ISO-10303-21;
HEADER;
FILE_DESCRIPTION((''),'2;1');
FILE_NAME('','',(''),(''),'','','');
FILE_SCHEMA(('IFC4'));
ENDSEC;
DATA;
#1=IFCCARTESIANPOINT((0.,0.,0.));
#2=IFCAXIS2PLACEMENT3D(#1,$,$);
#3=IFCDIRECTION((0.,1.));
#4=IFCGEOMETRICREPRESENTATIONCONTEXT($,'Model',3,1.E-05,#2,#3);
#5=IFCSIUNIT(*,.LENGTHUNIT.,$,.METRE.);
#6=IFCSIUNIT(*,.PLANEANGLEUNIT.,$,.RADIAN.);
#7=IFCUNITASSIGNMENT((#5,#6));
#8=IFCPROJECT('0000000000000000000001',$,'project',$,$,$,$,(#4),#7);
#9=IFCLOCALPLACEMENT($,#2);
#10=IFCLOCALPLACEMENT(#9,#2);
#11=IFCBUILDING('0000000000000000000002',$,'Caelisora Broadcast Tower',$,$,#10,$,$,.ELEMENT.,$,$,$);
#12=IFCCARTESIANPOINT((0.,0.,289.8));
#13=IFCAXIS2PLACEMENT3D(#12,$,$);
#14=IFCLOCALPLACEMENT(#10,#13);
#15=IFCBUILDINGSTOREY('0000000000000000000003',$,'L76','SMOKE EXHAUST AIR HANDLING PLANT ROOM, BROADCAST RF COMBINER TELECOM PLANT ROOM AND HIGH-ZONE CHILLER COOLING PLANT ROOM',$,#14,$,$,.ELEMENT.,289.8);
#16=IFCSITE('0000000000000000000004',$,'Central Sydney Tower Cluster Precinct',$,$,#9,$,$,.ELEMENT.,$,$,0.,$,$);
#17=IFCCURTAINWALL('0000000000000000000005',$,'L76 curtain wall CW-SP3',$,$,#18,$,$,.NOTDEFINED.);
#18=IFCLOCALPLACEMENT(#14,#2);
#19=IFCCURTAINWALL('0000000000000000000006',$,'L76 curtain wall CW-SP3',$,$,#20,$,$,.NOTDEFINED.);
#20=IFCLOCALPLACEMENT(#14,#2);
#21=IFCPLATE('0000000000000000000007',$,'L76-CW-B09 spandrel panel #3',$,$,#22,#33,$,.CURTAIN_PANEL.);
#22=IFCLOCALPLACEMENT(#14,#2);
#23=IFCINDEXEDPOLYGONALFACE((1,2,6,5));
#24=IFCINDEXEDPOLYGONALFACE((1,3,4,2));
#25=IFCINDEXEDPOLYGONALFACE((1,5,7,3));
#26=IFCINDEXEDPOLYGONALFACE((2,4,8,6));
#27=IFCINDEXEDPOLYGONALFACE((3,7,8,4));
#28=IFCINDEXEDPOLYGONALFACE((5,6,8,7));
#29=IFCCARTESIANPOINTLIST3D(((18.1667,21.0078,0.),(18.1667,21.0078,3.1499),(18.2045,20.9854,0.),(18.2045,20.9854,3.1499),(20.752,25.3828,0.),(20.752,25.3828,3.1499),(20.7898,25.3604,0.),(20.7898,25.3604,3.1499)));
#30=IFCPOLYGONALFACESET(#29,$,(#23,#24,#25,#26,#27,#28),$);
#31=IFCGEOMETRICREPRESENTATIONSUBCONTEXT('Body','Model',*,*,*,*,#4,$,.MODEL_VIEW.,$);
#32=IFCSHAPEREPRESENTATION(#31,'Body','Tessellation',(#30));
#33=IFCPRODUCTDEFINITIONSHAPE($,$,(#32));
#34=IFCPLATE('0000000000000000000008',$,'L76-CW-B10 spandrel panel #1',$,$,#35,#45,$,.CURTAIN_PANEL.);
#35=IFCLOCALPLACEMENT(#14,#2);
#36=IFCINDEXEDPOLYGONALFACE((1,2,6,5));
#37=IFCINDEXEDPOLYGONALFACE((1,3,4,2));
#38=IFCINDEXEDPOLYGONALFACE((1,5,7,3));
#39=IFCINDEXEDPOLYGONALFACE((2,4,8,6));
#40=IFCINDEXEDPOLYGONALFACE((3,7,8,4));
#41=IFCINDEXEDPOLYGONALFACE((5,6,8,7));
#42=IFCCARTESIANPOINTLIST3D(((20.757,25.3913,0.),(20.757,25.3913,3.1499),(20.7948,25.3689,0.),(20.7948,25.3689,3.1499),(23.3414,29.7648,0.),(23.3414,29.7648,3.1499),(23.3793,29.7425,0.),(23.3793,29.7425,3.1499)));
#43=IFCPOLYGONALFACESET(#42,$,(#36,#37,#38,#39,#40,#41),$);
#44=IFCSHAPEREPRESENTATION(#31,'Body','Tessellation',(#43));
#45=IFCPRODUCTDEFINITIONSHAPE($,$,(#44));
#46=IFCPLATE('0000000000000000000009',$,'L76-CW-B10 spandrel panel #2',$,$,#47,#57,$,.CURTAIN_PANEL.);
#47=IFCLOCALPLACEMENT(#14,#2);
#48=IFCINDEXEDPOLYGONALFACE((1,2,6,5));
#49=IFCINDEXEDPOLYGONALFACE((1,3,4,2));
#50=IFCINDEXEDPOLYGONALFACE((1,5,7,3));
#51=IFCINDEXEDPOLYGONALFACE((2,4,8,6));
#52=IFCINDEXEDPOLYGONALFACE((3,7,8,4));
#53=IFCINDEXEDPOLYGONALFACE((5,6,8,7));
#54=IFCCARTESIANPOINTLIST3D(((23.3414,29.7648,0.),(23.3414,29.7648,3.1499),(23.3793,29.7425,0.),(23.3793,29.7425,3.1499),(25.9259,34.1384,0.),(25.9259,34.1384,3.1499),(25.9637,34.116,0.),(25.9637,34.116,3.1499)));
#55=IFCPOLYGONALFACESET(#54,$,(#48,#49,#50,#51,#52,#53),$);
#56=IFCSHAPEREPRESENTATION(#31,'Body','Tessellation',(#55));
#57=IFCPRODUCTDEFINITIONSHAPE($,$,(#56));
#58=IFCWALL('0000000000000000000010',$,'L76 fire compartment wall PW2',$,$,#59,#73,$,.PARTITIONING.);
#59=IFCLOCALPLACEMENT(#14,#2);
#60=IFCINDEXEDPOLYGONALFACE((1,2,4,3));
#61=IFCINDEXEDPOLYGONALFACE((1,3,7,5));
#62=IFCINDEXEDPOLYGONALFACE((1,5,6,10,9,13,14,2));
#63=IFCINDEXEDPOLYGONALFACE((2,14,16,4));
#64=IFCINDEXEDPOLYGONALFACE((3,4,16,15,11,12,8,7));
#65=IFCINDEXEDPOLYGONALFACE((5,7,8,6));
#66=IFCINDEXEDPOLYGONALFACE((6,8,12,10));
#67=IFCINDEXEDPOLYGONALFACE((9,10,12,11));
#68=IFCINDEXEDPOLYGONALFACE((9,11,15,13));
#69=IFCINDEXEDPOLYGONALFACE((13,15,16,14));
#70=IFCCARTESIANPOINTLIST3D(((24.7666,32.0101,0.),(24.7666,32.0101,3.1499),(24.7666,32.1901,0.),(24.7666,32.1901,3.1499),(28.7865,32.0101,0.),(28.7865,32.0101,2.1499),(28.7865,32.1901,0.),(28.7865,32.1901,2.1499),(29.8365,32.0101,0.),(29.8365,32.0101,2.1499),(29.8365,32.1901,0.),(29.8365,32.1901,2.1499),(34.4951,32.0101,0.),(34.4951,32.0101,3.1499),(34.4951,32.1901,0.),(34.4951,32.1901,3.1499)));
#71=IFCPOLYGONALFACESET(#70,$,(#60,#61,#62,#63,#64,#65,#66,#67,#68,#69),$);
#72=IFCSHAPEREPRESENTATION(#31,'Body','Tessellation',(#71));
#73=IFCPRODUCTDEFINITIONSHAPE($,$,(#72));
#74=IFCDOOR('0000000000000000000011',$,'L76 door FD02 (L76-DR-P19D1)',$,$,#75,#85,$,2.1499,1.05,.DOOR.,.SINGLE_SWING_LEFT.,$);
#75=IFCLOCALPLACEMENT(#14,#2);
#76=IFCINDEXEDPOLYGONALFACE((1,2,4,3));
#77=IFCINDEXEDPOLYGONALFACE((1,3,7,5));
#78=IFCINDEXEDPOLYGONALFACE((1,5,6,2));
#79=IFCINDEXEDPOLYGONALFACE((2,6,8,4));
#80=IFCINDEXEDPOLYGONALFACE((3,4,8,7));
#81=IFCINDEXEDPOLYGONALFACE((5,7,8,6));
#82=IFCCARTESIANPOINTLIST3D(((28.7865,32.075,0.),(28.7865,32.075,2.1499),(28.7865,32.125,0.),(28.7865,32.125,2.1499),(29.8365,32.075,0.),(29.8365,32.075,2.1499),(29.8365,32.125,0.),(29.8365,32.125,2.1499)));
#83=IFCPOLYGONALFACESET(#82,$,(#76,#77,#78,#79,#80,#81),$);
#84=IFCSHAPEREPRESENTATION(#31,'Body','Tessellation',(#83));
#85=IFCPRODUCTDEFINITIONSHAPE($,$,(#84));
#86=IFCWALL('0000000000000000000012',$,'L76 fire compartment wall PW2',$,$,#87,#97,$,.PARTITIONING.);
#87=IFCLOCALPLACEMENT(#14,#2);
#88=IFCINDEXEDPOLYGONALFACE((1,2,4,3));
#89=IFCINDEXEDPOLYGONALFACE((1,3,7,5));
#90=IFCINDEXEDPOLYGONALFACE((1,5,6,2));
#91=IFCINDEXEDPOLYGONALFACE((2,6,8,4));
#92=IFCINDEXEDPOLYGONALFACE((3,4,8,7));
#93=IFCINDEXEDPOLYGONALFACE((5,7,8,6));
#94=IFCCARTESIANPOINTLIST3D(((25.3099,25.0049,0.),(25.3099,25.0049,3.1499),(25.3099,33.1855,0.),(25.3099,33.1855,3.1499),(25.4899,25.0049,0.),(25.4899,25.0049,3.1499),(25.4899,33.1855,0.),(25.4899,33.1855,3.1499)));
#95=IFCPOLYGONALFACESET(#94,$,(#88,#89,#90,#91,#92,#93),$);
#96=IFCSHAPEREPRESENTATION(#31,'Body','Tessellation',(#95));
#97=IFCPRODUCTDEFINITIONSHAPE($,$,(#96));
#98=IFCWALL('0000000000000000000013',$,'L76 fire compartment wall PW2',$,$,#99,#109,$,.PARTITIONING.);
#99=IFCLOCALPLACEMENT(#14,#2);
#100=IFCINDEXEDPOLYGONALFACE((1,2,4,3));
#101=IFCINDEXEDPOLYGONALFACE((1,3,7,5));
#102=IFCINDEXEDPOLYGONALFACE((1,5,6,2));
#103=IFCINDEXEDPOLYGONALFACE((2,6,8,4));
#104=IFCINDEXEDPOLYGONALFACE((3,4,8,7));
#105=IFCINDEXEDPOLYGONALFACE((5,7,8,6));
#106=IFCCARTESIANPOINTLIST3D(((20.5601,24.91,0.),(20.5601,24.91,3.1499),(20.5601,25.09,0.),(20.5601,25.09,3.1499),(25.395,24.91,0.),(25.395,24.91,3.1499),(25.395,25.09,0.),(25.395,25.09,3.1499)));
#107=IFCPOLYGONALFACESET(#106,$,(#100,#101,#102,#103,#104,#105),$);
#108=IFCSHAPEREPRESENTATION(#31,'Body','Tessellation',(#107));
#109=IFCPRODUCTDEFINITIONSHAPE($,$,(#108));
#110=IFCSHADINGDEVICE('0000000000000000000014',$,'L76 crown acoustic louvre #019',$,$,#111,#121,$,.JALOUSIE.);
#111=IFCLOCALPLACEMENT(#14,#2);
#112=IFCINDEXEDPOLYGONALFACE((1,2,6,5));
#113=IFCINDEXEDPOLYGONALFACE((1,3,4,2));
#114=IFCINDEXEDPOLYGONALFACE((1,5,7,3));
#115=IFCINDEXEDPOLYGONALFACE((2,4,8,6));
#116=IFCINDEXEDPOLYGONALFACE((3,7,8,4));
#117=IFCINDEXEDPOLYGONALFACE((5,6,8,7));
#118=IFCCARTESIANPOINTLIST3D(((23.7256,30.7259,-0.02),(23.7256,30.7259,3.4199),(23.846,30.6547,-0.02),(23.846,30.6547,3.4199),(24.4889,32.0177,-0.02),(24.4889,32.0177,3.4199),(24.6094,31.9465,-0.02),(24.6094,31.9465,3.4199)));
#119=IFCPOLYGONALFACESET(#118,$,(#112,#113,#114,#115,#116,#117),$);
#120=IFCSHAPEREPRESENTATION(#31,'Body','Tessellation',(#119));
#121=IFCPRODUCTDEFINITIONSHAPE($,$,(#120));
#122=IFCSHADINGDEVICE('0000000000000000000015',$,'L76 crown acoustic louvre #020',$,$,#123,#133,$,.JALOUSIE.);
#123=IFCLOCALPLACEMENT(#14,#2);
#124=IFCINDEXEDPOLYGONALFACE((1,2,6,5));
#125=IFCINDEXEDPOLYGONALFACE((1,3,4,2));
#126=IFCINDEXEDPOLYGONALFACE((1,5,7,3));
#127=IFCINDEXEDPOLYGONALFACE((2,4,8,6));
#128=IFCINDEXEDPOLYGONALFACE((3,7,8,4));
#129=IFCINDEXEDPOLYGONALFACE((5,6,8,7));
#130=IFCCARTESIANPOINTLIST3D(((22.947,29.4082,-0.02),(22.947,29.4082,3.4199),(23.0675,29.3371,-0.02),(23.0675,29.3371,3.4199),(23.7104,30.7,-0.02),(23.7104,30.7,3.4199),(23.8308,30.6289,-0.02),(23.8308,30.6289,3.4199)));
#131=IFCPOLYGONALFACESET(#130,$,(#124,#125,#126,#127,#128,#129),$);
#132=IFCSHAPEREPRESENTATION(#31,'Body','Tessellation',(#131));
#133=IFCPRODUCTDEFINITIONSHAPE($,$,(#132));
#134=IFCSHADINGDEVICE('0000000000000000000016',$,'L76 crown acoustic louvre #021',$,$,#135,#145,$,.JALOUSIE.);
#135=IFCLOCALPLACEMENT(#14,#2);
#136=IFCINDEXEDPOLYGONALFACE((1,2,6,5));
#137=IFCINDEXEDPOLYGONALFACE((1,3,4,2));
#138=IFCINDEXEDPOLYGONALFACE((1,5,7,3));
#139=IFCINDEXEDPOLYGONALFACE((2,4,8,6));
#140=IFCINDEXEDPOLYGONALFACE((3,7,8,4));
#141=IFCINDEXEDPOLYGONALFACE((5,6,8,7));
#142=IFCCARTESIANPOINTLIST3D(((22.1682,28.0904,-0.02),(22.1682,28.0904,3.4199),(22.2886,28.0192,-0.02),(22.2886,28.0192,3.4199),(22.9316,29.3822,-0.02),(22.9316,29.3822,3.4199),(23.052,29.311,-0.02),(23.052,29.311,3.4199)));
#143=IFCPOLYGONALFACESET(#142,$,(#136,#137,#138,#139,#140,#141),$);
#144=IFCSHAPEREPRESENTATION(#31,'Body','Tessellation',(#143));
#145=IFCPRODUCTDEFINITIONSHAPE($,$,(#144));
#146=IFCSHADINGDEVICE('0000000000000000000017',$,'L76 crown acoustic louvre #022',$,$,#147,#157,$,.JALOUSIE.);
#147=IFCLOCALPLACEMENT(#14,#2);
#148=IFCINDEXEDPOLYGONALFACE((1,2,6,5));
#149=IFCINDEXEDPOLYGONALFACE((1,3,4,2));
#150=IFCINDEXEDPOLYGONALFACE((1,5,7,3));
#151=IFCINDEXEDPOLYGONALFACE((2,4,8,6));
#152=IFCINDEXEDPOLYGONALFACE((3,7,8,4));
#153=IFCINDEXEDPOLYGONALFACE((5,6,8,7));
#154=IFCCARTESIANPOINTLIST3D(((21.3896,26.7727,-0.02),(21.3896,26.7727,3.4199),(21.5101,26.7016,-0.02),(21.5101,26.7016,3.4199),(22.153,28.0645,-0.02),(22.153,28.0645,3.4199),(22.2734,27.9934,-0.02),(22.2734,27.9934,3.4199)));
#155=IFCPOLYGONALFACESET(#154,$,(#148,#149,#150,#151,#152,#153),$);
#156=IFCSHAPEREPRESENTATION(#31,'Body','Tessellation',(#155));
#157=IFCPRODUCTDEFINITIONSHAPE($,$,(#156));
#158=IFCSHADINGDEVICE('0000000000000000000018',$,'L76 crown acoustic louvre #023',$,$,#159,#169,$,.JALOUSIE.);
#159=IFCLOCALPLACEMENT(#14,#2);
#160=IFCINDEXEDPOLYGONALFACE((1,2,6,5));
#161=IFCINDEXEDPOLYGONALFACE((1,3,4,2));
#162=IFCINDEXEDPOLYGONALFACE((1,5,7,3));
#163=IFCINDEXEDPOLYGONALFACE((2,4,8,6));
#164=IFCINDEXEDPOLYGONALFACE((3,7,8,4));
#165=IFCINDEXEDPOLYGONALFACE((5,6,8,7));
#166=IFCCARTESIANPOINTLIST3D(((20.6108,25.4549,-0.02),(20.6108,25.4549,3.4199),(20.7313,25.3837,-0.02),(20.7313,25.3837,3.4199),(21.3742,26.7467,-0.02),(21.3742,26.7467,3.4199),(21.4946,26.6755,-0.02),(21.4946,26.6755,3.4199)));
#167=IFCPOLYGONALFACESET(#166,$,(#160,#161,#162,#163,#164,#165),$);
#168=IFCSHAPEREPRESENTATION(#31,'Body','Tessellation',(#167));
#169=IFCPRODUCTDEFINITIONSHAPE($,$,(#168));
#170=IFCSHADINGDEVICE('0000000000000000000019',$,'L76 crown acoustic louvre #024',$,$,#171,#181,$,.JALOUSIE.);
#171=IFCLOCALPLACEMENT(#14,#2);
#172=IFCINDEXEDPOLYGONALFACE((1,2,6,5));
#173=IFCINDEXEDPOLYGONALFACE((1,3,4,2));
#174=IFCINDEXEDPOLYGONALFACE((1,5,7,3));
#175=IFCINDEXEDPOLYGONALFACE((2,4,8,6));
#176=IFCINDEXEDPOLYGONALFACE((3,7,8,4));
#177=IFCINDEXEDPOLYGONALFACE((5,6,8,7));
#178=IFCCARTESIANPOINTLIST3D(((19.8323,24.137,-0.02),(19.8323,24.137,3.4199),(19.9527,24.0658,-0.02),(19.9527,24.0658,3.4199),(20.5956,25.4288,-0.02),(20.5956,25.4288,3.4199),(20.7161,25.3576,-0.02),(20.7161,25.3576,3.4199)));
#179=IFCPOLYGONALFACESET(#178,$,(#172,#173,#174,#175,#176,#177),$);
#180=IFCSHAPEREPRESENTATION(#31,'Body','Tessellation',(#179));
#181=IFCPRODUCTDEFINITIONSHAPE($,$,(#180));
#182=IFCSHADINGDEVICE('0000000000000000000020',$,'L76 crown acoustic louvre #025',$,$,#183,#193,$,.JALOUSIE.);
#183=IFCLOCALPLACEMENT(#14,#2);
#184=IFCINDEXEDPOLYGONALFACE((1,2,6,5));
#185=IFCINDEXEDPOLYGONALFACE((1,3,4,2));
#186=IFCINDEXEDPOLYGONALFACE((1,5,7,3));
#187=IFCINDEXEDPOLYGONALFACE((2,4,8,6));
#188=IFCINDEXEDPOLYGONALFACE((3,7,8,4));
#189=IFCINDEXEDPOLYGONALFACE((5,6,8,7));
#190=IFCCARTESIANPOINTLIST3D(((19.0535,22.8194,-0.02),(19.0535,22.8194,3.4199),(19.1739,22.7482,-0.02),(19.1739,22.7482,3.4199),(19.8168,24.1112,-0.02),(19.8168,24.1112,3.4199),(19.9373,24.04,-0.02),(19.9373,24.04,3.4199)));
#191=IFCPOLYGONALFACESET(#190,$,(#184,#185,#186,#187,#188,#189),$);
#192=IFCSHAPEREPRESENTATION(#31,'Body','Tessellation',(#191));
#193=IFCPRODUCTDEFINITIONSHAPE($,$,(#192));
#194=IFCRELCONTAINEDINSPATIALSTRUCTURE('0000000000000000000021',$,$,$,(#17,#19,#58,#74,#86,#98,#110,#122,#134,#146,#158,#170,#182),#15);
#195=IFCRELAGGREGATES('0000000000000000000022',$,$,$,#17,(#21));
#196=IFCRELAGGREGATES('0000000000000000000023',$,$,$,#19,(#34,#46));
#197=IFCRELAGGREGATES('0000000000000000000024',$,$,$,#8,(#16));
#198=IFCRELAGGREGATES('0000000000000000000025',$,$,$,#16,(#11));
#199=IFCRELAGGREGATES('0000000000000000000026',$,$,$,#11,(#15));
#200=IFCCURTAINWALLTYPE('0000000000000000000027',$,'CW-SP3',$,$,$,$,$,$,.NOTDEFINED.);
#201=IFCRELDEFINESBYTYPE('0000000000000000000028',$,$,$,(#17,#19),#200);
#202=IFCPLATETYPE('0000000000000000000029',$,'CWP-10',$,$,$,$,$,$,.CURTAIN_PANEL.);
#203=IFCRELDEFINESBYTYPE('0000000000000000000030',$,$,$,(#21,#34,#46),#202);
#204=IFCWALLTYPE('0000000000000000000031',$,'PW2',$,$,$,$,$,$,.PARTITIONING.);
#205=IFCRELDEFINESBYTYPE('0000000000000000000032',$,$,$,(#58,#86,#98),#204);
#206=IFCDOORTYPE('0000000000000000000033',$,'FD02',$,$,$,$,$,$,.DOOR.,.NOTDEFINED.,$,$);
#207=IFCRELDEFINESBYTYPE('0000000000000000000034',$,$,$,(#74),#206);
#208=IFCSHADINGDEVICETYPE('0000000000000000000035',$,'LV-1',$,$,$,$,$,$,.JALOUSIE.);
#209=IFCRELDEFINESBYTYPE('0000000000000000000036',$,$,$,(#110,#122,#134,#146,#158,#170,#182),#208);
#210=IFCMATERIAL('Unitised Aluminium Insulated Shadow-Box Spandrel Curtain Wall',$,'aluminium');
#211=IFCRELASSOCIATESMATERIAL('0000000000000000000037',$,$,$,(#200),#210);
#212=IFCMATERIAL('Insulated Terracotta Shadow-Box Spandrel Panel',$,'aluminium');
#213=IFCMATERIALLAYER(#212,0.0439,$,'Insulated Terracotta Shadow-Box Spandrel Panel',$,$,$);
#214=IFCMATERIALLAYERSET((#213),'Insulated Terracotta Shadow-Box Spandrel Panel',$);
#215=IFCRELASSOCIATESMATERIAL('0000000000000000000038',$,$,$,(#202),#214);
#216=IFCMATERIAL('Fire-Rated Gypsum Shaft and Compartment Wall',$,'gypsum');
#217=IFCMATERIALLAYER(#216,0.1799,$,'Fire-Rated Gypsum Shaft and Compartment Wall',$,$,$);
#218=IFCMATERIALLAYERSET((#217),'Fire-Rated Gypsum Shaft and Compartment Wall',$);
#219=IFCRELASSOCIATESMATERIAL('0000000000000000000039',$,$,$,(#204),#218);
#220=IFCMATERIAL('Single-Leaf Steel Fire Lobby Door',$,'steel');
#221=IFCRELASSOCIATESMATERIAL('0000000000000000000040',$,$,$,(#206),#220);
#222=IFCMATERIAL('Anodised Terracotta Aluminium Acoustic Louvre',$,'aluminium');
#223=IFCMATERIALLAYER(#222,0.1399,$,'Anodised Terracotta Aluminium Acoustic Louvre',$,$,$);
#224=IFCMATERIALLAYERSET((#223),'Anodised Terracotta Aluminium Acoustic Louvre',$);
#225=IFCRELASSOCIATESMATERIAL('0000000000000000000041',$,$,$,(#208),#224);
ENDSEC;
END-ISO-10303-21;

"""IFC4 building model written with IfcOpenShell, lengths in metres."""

from ifc_helpers import new_model, si_unit, direction, frame, frame_2d, origin, origin_2d, place, context, subcontext, project, spatial, rectangle, extrude, source, transform, mapped, material, layer, layer_set, type_object, type_shapes, element, fill, aggregate, save


model = new_model("IFC4")

# Units and contexts
model_context = context("Model", 3, precision=1e-05, world=origin(), true_north=direction((0.0, 1.0)))
body_context = subcontext(model_context, "Body", "Model", "MODEL_VIEW")
ifc_project = project(units=[si_unit("LENGTHUNIT", "METRE"), si_unit("PLANEANGLEUNIT", "RADIAN")], contexts=[model_context])

# Site, building, storey
site_placement = place(None, origin())
site = spatial("IfcSite", under=ifc_project, at=site_placement, Name="Central Sydney Tower Cluster Precinct", CompositionType="ELEMENT", RefElevation=0.0)
building_placement = place(site_placement, origin())
building = spatial("IfcBuilding", under=site, at=building_placement, Name="Caelisora Broadcast Tower", CompositionType="ELEMENT")
storey_placement = place(building_placement, frame((0.0, 0.0, 289.8)))
storey = spatial("IfcBuildingStorey", under=building, at=storey_placement, Name="L76", Description="SMOKE EXHAUST AIR HANDLING PLANT ROOM, BROADCAST RF COMBINER TELECOM PLANT ROOM AND HIGH-ZONE CHILLER COOLING PLANT ROOM", CompositionType="ELEMENT", Elevation=289.8)

# Curtain wall
ifc_material_1 = material(Name="Unitised Aluminium Insulated Shadow-Box Spandrel Curtain Wall", Category="aluminium")
curtain_wall_type = type_object("IfcCurtainWallType", Name="CW-SP3", PredefinedType="NOTDEFINED", material=ifc_material_1)
curtain_wall_1_placement = place(storey_placement, origin())
curtain_wall_1 = element("IfcCurtainWall", 1, at=curtain_wall_1_placement, inside=storey, type_object=curtain_wall_type, Name="L76 curtain wall CW-SP3", PredefinedType="NOTDEFINED")

# Curtain wall
curtain_wall_2_placement = place(storey_placement, origin())
curtain_wall_2 = element("IfcCurtainWall", 2, at=curtain_wall_2_placement, inside=storey, type_object=curtain_wall_type, Name="L76 curtain wall CW-SP3", PredefinedType="NOTDEFINED")

# Plates
ifc_material_2 = material(Name="Insulated Terracotta Shadow-Box Spandrel Panel", Category="aluminium")
ifc_layer_1 = layer(ifc_material_2, 0.0439, Name="Insulated Terracotta Shadow-Box Spandrel Panel")
ifc_layer_set_1 = layer_set([ifc_layer_1], Name="Insulated Terracotta Shadow-Box Spandrel Panel")
plate_type_1 = type_object("IfcPlateType", Name="CWP-10", PredefinedType="CURTAIN_PANEL", material=ifc_layer_set_1)
shared_shape_1 = source(origin(), body_context, "Body", "SweptSolid", [
    extrude(rectangle(XDim=5.0818, YDim=0.0439, at=origin_2d()), origin(), (0.0, 0.0, 1.0), 3.1499),
])
plate_1_placement = place(storey_placement, frame((19.4783, 23.1841, 0.0), z_axis=(0.0, 0.0, 1.0), x_axis=(0.508741, 0.86092, 0.0)))
plate_1 = element("IfcPlate", 3, at=plate_1_placement, type_object=plate_type_1, Name="L76-CW-B09 spandrel panel #3", PredefinedType="CURTAIN_PANEL", context=body_context, shape_type="MappedRepresentation", body=[
    mapped(shared_shape_1, transform((0.0, 0.0, 0.0), scale=1.0)),
])
aggregate(curtain_wall_1, [plate_1])
shared_shape_2 = source(origin(), body_context, "Body", "SweptSolid", [
    extrude(rectangle(XDim=5.0801, YDim=0.0439, at=origin_2d()), origin(), (0.0, 0.0, 1.0), 3.1499),
])
type_shapes(plate_type_1, [shared_shape_1, shared_shape_2])
plate_2_placement = place(storey_placement, frame((22.0681, 27.5669, 0.0), z_axis=(0.0, 0.0, 1.0), x_axis=(0.508741, 0.86092, 0.0)))
plate_2 = element("IfcPlate", 4, at=plate_2_placement, type_object=plate_type_1, Name="L76-CW-B10 spandrel panel #1", PredefinedType="CURTAIN_PANEL", context=body_context, shape_type="MappedRepresentation", body=[
    mapped(shared_shape_2, transform((0.0, 0.0, 0.0), scale=1.0)),
])
plate_3_placement = place(storey_placement, frame((24.6526, 31.9404, 0.0), z_axis=(0.0, 0.0, 1.0), x_axis=(0.508741, 0.86092, 0.0)))
plate_3 = element("IfcPlate", 5, at=plate_3_placement, type_object=plate_type_1, Name="L76-CW-B10 spandrel panel #2", PredefinedType="CURTAIN_PANEL", context=body_context, shape_type="MappedRepresentation", body=[
    mapped(shared_shape_2, transform((0.0, 0.0, 0.0), scale=1.0)),
])
aggregate(curtain_wall_2, [plate_2, plate_3])

# Wall, opening, door
ifc_material_3 = material(Name="Fire-Rated Gypsum Shaft and Compartment Wall", Category="gypsum")
ifc_layer_2 = layer(ifc_material_3, 0.1799, Name="Fire-Rated Gypsum Shaft and Compartment Wall")
ifc_layer_set_2 = layer_set([ifc_layer_2], Name="Fire-Rated Gypsum Shaft and Compartment Wall")
wall_type = type_object("IfcWallType", Name="PW2", PredefinedType="PARTITIONING", material=ifc_layer_set_2)
wall_1_placement = place(storey_placement, frame((24.7666, 32.1001, 0.0), z_axis=(0.0, 0.0, 1.0), x_axis=(1.0, 0.0, 0.0)))
wall_1 = element("IfcWall", 6, at=wall_1_placement, inside=storey, type_object=wall_type, Name="L76 fire compartment wall PW2", PredefinedType="PARTITIONING", context=body_context, shape_type="SweptSolid", body=[
    extrude(rectangle(XDim=9.7285, YDim=0.1799, at=frame_2d((4.8643, 0.0))), origin(), (0.0, 0.0, 1.0), 3.1499),
])
opening_1_placement = place(wall_1_placement, frame((4.02, 0.0, 0.0)))
opening_1 = element("IfcOpeningElement", 7, at=opening_1_placement, cuts=wall_1, PredefinedType="OPENING", context=body_context, shape_type="SweptSolid", body=[
    extrude(rectangle(XDim=1.05, YDim=2.1499, at=frame_2d((0.5249, 1.075))), frame((0.0, 0.1021, 0.0), z_axis=(0.0, -1.0, 0.0), x_axis=(1.0, 0.0, 0.0)), (0.0, 0.0, 1.0), 0.2039),
])
ifc_material_4 = material(Name="Single-Leaf Steel Fire Lobby Door", Category="steel")
door_type = type_object("IfcDoorType", Name="FD02", OperationType="NOTDEFINED", PredefinedType="DOOR", material=ifc_material_4)
door_1_placement = place(opening_1_placement, origin())
door_1 = element("IfcDoor", 8, at=door_1_placement, inside=storey, type_object=door_type, Name="L76 door FD02 (L76-DR-P19D1)", OperationType="SINGLE_SWING_LEFT", OverallHeight=2.1499, OverallWidth=1.05, PredefinedType="DOOR", context=body_context, shape_type="SweptSolid", body=[
    extrude(rectangle(XDim=1.05, YDim=2.1499, at=frame_2d((0.5249, 1.075))), frame((0.0, 0.0249, 0.0), z_axis=(0.0, -1.0, 0.0), x_axis=(1.0, 0.0, 0.0)), (0.0, 0.0, 1.0), 0.05),
])
fill(opening_1, door_1)

# Walls
wall_2_placement = place(storey_placement, frame((25.3999, 25.0049, 0.0), z_axis=(0.0, 0.0, 1.0), x_axis=(0.0, 1.0, 0.0)))
element("IfcWall", 9, at=wall_2_placement, inside=storey, type_object=wall_type, Name="L76 fire compartment wall PW2", PredefinedType="PARTITIONING", context=body_context, shape_type="SweptSolid", body=[
    extrude(rectangle(XDim=8.1807, YDim=0.1799, at=frame_2d((4.0903, 0.0))), origin(), (0.0, 0.0, 1.0), 3.1499),
])
wall_3_placement = place(storey_placement, frame((20.5601, 25.0, 0.0), z_axis=(0.0, 0.0, 1.0), x_axis=(1.0, 0.0, 0.0)))
element("IfcWall", 10, at=wall_3_placement, inside=storey, type_object=wall_type, Name="L76 fire compartment wall PW2", PredefinedType="PARTITIONING", context=body_context, shape_type="SweptSolid", body=[
    extrude(rectangle(XDim=4.835, YDim=0.1799, at=frame_2d((2.4175, 0.0))), origin(), (0.0, 0.0, 1.0), 3.1499),
])

# Shading devices
ifc_material_5 = material(Name="Anodised Terracotta Aluminium Acoustic Louvre", Category="aluminium")
ifc_layer_3 = layer(ifc_material_5, 0.1399, Name="Anodised Terracotta Aluminium Acoustic Louvre")
ifc_layer_set_3 = layer_set([ifc_layer_3], Name="Anodised Terracotta Aluminium Acoustic Louvre")
shading_device_type = type_object("IfcShadingDeviceType", Name="LV-1", PredefinedType="JALOUSIE", material=ifc_layer_set_3)
shared_shape_3 = source(origin(), body_context, "Body", "SweptSolid", [
    extrude(rectangle(XDim=1.5005, YDim=0.1399, at=origin_2d()), origin(), (0.0, 0.0, 1.0), 3.4399),
])
type_shapes(shading_device_type, [shared_shape_3])
for number, where, z_axis, x_axis, name in (
    (11, (24.1675, 31.3362, -0.02), (0.0, 0.0, 1.0), (-0.508741, -0.86092, 0.0), "L76 crown acoustic louvre #019"),
    (12, (23.3889, 30.0186, -0.02), (0.0, 0.0, 1.0), (-0.508741, -0.86092, 0.0), "L76 crown acoustic louvre #020"),
    (13, (22.6101, 28.7007, -0.02), (0.0, 0.0, 1.0), (-0.508741, -0.86092, 0.0), "L76 crown acoustic louvre #021"),
    (14, (21.8315, 27.3831, -0.02), (0.0, 0.0, 1.0), (-0.508741, -0.86092, 0.0), "L76 crown acoustic louvre #022"),
    (15, (21.0527, 26.0652, -0.02), (0.0, 0.0, 1.0), (-0.508741, -0.86092, 0.0), "L76 crown acoustic louvre #023"),
    (16, (20.2742, 24.7473, -0.02), (0.0, 0.0, 1.0), (-0.508741, -0.86092, 0.0), "L76 crown acoustic louvre #024"),
    (17, (19.4954, 23.4297, -0.02), (0.0, 0.0, 1.0), (-0.508741, -0.86092, 0.0), "L76 crown acoustic louvre #025"),
):
    element("IfcShadingDevice", number, at=place(storey_placement, frame(where, z_axis=z_axis, x_axis=x_axis)), inside=storey, type_object=shading_device_type, Name=name, PredefinedType="JALOUSIE", context=body_context, shape_type="MappedRepresentation", body=[
        mapped(shared_shape_3, transform((0.0, 0.0, 0.0), scale=1.0)),
    ])

save(model, "model.ifc")
